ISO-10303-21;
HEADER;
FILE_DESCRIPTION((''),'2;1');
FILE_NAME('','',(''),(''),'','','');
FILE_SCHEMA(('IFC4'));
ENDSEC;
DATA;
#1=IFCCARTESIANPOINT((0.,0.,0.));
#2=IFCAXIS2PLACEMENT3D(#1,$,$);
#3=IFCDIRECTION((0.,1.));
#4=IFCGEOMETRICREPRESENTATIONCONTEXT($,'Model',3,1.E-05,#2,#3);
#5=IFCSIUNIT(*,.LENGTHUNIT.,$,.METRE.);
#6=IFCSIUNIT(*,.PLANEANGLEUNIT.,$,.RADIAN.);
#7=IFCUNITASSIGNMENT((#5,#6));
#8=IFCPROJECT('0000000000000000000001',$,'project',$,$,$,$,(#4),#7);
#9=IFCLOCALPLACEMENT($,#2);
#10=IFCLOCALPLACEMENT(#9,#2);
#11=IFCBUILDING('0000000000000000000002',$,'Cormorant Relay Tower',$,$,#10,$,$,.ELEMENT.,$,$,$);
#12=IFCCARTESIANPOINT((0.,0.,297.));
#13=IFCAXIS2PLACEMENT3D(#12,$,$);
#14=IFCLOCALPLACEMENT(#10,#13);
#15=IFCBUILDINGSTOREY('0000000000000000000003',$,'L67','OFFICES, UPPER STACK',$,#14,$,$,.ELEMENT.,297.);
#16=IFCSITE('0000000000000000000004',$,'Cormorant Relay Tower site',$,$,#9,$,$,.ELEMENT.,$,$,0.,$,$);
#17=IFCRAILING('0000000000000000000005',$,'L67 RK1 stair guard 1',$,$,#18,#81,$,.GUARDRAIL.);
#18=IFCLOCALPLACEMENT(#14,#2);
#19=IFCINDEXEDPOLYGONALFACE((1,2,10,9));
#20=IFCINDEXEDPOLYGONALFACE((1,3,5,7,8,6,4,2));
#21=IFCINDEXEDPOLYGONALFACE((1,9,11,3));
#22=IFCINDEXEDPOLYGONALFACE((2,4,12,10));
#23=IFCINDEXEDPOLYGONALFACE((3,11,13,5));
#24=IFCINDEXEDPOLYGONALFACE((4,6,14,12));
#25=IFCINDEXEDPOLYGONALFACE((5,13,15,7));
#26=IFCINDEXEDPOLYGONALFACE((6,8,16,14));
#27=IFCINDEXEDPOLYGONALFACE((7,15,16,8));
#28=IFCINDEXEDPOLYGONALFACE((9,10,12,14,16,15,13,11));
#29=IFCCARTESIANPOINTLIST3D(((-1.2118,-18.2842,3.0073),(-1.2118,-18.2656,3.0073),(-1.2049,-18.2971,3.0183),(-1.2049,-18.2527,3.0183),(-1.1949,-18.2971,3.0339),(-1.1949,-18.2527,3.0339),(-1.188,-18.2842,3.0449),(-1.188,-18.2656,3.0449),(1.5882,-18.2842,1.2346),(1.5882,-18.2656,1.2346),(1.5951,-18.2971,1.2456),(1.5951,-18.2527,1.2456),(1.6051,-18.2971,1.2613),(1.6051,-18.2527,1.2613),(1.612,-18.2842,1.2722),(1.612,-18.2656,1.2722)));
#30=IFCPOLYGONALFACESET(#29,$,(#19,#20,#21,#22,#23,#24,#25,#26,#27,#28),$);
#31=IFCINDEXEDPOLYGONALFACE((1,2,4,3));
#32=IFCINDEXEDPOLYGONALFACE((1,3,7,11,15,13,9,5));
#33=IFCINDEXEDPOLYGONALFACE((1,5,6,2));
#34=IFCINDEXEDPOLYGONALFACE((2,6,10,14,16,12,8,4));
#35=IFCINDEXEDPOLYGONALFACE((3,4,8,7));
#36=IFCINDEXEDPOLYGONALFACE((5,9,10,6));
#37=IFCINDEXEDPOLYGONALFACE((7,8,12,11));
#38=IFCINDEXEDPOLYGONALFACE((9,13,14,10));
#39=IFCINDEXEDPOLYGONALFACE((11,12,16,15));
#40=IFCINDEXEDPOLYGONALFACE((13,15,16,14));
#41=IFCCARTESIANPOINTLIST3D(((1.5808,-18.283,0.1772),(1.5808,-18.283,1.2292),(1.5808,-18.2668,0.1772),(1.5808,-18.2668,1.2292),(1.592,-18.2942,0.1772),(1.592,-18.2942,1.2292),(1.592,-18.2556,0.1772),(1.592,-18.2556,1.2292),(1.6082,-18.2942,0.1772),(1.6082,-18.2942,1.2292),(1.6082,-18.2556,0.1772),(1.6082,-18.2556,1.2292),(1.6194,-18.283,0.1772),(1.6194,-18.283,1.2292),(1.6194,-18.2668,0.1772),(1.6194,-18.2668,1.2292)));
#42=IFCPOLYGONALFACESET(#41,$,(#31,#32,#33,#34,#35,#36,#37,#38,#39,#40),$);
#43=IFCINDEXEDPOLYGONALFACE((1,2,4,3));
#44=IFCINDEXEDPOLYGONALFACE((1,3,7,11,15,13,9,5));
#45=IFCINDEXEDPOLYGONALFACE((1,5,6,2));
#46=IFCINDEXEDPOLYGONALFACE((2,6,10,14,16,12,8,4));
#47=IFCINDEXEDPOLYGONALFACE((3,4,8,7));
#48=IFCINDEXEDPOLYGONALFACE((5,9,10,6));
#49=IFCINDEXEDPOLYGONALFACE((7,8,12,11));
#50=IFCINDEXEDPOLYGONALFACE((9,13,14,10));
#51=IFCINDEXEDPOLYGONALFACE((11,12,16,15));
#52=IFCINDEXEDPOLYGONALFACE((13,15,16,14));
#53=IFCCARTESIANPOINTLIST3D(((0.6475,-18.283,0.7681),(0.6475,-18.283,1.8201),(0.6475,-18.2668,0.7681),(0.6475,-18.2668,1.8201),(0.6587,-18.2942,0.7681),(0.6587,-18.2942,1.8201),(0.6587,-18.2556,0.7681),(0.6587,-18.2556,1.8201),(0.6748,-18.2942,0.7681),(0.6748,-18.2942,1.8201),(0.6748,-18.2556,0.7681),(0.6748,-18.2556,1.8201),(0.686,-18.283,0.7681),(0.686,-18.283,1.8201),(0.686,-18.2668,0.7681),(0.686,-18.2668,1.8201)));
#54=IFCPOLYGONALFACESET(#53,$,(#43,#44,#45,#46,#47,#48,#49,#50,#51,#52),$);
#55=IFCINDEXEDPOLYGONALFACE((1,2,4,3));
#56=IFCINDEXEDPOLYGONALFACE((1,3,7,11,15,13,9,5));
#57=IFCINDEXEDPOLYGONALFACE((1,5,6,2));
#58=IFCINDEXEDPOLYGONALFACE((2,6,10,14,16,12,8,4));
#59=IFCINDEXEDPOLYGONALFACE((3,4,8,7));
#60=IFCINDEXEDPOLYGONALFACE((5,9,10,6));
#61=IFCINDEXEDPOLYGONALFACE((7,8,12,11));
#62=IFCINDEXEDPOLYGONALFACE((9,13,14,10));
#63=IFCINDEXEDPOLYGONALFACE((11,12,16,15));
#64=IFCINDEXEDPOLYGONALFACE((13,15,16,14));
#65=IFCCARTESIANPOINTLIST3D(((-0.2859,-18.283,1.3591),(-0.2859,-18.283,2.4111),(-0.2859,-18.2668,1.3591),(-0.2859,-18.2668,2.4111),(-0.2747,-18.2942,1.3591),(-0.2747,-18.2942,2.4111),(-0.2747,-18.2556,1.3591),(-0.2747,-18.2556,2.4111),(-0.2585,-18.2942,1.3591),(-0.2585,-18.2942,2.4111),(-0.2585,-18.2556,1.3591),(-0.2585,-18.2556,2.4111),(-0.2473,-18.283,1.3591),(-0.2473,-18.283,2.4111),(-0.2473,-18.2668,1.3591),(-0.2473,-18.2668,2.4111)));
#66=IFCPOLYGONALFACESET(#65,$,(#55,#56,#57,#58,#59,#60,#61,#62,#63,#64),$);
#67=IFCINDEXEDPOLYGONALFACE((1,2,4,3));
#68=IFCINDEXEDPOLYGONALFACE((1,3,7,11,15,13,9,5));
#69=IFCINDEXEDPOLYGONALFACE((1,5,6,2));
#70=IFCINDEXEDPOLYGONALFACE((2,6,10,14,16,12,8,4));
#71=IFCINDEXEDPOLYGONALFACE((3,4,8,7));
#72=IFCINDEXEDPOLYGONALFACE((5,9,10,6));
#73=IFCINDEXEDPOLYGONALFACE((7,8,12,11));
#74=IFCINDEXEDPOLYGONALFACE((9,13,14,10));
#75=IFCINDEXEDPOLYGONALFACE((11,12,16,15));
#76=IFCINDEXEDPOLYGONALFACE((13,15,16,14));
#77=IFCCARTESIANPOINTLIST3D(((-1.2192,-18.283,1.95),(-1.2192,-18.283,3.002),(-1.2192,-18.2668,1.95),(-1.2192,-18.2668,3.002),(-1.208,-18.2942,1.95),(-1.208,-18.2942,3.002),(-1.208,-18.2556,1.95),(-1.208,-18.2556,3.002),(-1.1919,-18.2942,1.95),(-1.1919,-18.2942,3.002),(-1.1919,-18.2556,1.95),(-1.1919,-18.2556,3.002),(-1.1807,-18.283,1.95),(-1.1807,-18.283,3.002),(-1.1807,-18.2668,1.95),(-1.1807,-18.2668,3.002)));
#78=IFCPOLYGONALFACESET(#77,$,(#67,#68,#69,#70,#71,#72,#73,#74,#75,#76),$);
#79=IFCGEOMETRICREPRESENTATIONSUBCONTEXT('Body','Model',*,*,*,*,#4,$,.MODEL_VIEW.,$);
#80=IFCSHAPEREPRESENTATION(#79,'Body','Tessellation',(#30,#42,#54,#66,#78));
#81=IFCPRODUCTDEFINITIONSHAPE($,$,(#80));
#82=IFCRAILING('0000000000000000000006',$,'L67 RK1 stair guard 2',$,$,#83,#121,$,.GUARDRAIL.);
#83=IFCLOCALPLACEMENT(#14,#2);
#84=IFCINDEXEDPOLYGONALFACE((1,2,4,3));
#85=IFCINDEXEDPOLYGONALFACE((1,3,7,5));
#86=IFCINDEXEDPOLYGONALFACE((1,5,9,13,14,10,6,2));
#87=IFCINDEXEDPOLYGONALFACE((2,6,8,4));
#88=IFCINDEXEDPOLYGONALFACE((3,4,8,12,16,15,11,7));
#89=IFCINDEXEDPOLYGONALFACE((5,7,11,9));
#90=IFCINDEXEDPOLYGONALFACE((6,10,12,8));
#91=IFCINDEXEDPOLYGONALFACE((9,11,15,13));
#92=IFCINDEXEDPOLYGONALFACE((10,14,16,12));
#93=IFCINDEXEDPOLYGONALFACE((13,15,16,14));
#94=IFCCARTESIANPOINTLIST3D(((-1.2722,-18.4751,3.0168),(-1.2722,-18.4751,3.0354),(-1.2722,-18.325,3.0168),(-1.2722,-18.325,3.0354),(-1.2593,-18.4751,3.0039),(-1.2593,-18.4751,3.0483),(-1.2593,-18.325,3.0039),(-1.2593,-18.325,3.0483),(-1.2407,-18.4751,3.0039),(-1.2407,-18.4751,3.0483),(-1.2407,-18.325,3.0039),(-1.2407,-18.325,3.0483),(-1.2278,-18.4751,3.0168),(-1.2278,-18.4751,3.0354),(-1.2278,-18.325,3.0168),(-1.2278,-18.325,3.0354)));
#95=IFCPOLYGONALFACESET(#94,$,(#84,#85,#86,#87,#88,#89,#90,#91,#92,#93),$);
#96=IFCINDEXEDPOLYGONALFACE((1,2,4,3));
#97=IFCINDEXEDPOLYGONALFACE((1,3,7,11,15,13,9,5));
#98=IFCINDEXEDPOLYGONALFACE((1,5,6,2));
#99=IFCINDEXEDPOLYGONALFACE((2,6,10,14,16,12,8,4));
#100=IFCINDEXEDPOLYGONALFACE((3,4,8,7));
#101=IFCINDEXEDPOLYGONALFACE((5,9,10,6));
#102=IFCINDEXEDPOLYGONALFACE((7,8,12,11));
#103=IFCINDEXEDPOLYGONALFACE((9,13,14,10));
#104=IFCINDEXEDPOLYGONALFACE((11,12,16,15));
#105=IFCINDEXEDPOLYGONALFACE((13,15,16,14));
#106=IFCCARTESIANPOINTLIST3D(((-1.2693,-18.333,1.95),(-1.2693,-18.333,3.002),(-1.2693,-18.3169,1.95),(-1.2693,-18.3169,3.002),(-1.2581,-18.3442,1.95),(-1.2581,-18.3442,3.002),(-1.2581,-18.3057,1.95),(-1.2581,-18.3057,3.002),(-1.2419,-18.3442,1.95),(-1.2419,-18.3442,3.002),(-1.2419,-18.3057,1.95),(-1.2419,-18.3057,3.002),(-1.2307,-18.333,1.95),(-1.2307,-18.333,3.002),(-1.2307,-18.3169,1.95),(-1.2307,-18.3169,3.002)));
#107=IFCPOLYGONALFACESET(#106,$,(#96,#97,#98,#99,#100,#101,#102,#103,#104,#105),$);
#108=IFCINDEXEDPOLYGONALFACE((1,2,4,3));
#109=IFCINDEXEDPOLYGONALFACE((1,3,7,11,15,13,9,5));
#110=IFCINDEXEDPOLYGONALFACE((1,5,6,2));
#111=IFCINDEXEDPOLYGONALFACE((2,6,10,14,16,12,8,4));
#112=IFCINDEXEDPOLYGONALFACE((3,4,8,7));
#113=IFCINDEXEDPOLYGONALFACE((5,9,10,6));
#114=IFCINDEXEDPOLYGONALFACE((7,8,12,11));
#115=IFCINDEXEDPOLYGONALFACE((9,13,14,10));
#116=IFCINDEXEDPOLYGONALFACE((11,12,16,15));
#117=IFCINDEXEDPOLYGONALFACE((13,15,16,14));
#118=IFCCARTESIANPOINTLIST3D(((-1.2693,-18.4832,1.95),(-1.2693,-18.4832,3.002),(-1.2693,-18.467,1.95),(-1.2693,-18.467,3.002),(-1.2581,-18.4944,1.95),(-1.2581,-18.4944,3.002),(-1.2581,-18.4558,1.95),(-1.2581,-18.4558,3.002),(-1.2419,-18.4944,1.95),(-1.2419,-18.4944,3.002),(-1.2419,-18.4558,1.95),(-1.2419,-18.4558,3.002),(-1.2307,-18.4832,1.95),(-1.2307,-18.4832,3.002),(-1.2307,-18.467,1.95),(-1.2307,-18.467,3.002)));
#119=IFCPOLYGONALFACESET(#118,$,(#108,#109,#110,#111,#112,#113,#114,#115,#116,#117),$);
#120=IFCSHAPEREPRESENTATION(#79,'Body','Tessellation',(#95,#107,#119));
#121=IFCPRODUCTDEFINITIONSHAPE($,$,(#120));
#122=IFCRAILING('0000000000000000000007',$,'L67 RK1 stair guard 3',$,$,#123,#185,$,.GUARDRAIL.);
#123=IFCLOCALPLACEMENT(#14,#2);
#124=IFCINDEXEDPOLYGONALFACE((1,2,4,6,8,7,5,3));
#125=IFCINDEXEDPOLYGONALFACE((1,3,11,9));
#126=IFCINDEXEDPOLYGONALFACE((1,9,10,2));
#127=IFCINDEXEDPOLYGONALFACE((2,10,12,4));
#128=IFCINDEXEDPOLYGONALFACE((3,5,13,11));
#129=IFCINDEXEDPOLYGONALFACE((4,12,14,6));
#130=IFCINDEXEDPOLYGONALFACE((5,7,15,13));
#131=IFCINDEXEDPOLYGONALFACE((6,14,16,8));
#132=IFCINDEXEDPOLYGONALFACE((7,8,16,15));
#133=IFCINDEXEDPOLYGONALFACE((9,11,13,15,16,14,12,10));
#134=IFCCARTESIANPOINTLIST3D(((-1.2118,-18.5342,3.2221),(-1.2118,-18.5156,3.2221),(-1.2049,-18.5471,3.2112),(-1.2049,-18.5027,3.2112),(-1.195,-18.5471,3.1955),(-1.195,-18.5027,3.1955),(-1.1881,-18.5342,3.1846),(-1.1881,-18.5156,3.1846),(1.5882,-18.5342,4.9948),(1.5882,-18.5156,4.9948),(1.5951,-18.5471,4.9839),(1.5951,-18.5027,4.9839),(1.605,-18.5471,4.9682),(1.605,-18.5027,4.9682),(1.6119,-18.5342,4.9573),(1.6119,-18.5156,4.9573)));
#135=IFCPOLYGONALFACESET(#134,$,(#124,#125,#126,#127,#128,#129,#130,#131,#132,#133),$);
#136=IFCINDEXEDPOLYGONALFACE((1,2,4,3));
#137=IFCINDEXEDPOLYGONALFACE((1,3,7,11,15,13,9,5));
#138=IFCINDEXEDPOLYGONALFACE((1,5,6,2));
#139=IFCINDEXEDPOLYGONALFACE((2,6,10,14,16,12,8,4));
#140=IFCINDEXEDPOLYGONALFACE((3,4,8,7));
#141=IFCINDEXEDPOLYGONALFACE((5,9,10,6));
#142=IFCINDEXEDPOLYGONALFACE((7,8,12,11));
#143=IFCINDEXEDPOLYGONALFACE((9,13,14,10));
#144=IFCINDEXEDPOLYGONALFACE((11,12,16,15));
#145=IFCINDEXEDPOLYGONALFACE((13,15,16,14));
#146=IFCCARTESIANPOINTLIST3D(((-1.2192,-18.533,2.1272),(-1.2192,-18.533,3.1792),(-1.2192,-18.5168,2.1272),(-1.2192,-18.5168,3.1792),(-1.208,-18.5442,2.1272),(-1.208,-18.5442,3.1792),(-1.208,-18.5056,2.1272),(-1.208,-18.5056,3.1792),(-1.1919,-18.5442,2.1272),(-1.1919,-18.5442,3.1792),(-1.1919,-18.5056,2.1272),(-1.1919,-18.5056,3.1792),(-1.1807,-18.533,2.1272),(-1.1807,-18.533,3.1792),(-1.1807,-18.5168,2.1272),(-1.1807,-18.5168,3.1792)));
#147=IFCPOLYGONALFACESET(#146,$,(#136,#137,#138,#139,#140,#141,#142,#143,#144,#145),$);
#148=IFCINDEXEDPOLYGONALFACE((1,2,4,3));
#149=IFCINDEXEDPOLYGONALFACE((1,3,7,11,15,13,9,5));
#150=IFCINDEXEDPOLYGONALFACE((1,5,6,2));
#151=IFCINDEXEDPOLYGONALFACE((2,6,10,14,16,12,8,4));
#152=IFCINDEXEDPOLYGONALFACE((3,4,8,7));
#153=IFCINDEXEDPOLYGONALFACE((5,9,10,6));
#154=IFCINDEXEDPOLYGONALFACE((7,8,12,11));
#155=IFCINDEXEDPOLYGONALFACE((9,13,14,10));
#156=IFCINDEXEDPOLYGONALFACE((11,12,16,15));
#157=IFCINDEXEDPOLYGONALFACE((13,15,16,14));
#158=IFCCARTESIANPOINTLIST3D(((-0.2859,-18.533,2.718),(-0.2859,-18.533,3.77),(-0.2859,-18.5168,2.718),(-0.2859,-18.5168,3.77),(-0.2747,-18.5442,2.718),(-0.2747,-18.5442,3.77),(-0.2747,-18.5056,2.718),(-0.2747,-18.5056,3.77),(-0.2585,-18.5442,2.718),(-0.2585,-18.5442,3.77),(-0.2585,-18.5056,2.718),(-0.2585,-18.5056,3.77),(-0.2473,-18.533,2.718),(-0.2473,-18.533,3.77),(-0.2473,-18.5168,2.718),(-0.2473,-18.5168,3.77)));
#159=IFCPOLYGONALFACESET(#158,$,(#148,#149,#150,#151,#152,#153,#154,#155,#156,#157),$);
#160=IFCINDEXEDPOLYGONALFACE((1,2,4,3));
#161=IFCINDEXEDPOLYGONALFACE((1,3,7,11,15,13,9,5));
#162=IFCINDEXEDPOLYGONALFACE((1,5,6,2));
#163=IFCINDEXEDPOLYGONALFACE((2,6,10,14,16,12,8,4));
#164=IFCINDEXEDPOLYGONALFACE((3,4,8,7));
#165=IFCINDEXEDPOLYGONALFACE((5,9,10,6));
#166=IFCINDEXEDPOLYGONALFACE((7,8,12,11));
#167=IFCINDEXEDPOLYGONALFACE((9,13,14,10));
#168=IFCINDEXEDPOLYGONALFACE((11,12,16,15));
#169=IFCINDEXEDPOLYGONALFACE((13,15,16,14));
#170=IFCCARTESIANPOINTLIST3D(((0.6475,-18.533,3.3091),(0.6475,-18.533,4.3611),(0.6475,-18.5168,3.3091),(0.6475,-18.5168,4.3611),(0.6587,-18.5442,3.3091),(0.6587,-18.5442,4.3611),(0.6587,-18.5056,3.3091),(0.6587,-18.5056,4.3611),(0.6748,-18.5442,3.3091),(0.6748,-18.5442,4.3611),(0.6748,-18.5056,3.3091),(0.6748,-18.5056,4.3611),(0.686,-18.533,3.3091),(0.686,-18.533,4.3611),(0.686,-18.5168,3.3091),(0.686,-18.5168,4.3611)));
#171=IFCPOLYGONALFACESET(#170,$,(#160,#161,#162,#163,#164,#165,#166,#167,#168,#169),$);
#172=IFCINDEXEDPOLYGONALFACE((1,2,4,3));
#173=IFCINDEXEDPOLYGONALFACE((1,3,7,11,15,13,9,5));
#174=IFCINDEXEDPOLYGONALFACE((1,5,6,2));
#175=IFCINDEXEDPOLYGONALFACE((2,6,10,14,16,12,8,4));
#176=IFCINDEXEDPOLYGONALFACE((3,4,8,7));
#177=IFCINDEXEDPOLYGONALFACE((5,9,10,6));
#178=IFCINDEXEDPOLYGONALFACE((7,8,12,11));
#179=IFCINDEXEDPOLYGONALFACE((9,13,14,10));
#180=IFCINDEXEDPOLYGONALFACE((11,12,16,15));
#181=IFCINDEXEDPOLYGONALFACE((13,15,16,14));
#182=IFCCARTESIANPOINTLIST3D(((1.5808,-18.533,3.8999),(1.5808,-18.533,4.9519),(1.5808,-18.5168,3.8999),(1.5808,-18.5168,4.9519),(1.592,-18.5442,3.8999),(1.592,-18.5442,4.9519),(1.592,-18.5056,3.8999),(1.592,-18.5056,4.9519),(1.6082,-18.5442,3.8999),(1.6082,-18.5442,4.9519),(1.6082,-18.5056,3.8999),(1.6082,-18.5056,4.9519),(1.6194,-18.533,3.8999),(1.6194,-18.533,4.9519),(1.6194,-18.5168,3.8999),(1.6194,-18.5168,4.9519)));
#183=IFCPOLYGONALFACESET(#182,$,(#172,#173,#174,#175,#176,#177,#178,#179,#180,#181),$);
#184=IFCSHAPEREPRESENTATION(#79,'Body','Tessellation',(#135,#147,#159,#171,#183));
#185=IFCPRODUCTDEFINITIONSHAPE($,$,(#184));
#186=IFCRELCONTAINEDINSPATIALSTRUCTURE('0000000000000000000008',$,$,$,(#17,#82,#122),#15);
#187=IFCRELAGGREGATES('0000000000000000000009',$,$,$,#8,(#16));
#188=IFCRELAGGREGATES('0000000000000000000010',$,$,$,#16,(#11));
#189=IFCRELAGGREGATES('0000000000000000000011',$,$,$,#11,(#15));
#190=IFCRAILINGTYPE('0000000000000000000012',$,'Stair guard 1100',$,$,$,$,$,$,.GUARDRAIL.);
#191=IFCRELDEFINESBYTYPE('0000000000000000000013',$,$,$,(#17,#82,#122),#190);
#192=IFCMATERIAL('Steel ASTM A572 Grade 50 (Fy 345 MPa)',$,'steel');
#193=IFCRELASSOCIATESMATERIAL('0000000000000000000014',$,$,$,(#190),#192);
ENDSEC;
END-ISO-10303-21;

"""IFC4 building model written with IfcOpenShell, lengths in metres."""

from ifc_helpers import new_model, si_unit, direction, frame, origin, place, context, subcontext, project, spatial, polyline, outline, extrude, material, type_object, element, save


model = new_model("IFC4")

# Units and contexts
model_context = context("Model", 3, precision=1e-05, world=origin(), true_north=direction((0.0, 1.0)))
body_context = subcontext(model_context, "Body", "Model", "MODEL_VIEW")
ifc_project = project(units=[si_unit("LENGTHUNIT", "METRE"), si_unit("PLANEANGLEUNIT", "RADIAN")], contexts=[model_context])

# Site, building, storey
site_placement = place(None, origin())
site = spatial("IfcSite", under=ifc_project, at=site_placement, Name="Cormorant Relay Tower site", CompositionType="ELEMENT", RefElevation=0.0)
building_placement = place(site_placement, origin())
building = spatial("IfcBuilding", under=site, at=building_placement, Name="Cormorant Relay Tower", CompositionType="ELEMENT")
storey_placement = place(building_placement, frame((0.0, 0.0, 297.0)))
storey = spatial("IfcBuildingStorey", under=building, at=storey_placement, Name="L67", Description="OFFICES, UPPER STACK", CompositionType="ELEMENT", Elevation=297.0)

# Railings
ifc_material_1 = material(Name="Steel ASTM A572 Grade 50 (Fy 345 MPa)", Category="steel")
railing_type_1 = type_object("IfcRailingType", Name="Stair guard 1100", PredefinedType="GUARDRAIL", material=ifc_material_1)
railing_1_placement = place(storey_placement, frame((1.6001, -18.2749, 0.1772)))
element("IfcRailing", 1, at=railing_1_placement, inside=storey, type_object=railing_type_1, Name="L67 RK1 stair guard 1", PredefinedType="GUARDRAIL", context=body_context, shape_type="SweptSolid", body=[
    extrude(outline(polyline([(0.0222, 0.0093), (0.0093, 0.0222), (-0.0093, 0.0222), (-0.0222, 0.0093), (-0.0222, -0.0093), (-0.0093, -0.0222), (0.0093, -0.0222), (0.0222, -0.0093), (0.0222, 0.0093)])), frame((0.0, 0.0, 1.0762), z_axis=(-0.844909, 0.0, 0.53491), x_axis=(0.0, -1.0, 0.0)), (0.0, 0.0, 1.0), 3.314),
    extrude(outline(polyline([(0.0193, 0.0081), (0.0081, 0.0193), (-0.0081, 0.0193), (-0.0193, 0.0081), (-0.0193, -0.0081), (-0.0081, -0.0193), (0.0081, -0.0193), (0.0193, -0.0081), (0.0193, 0.0081)])), origin(), (0.0, 0.0, 1.0), 1.052),
    extrude(outline(polyline([(0.0193, 0.0081), (0.0081, 0.0193), (-0.0081, 0.0193), (-0.0193, 0.0081), (-0.0193, -0.0081), (-0.0081, -0.0193), (0.0081, -0.0193), (0.0193, -0.0081), (0.0193, 0.0081)])), frame((-0.9333, 0.0, 0.5908)), (0.0, 0.0, 1.0), 1.052),
    extrude(outline(polyline([(0.0193, 0.0081), (0.0081, 0.0193), (-0.0081, 0.0193), (-0.0193, 0.0081), (-0.0193, -0.0081), (-0.0081, -0.0193), (0.0081, -0.0193), (0.0193, -0.0081), (0.0193, 0.0081)])), frame((-1.8667, 0.0, 1.1819)), (0.0, 0.0, 1.0), 1.052),
    extrude(outline(polyline([(0.0193, 0.0081), (0.0081, 0.0193), (-0.0081, 0.0193), (-0.0193, 0.0081), (-0.0193, -0.0081), (-0.0081, -0.0193), (0.0081, -0.0193), (0.0193, -0.0081), (0.0193, 0.0081)])), frame((-2.8, 0.0, 1.7727)), (0.0, 0.0, 1.0), 1.052),
])
railing_2_placement = place(storey_placement, frame((-1.25, -18.325, 1.95)))
element("IfcRailing", 2, at=railing_2_placement, inside=storey, type_object=railing_type_1, Name="L67 RK1 stair guard 2", PredefinedType="GUARDRAIL", context=body_context, shape_type="SweptSolid", body=[
    extrude(outline(polyline([(0.0222, 0.0093), (0.0093, 0.0222), (-0.0093, 0.0222), (-0.0222, 0.0093), (-0.0222, -0.0093), (-0.0093, -0.0222), (0.0093, -0.0222), (0.0222, -0.0093), (0.0222, 0.0093)])), frame((0.0, 0.0, 1.0762), z_axis=(0.0, -1.0, 0.0), x_axis=(1.0, 0.0, 0.0)), (0.0, 0.0, 1.0), 0.1501),
    extrude(outline(polyline([(0.0193, 0.0081), (0.0081, 0.0193), (-0.0081, 0.0193), (-0.0193, 0.0081), (-0.0193, -0.0081), (-0.0081, -0.0193), (0.0081, -0.0193), (0.0193, -0.0081), (0.0193, 0.0081)])), origin(), (0.0, 0.0, 1.0), 1.052),
    extrude(outline(polyline([(0.0193, 0.0081), (0.0081, 0.0193), (-0.0081, 0.0193), (-0.0193, 0.0081), (-0.0193, -0.0081), (-0.0081, -0.0193), (0.0081, -0.0193), (0.0193, -0.0081), (0.0193, 0.0081)])), frame((0.0, -0.1501, 0.0)), (0.0, 0.0, 1.0), 1.052),
])
railing_3_placement = place(storey_placement, frame((-1.2, -18.5249, 2.1272)))
element("IfcRailing", 3, at=railing_3_placement, inside=storey, type_object=railing_type_1, Name="L67 RK1 stair guard 3", PredefinedType="GUARDRAIL", context=body_context, shape_type="SweptSolid", body=[
    extrude(outline(polyline([(0.0222, 0.0093), (0.0093, 0.0222), (-0.0093, 0.0222), (-0.0222, 0.0093), (-0.0222, -0.0093), (-0.0093, -0.0222), (0.0093, -0.0222), (0.0222, -0.0093), (0.0222, 0.0093)])), frame((0.0, 0.0, 1.0762), z_axis=(0.844909, 0.0, 0.53491), x_axis=(0.0, 1.0, 0.0)), (0.0, 0.0, 1.0), 3.314),
    extrude(outline(polyline([(0.0193, 0.0081), (0.0081, 0.0193), (-0.0081, 0.0193), (-0.0193, 0.0081), (-0.0193, -0.0081), (-0.0081, -0.0193), (0.0081, -0.0193), (0.0193, -0.0081), (0.0193, 0.0081)])), origin(), (0.0, 0.0, 1.0), 1.052),
    extrude(outline(polyline([(0.0193, 0.0081), (0.0081, 0.0193), (-0.0081, 0.0193), (-0.0193, 0.0081), (-0.0193, -0.0081), (-0.0081, -0.0193), (0.0081, -0.0193), (0.0193, -0.0081), (0.0193, 0.0081)])), frame((0.9333, 0.0, 0.5908)), (0.0, 0.0, 1.0), 1.052),
    extrude(outline(polyline([(0.0193, 0.0081), (0.0081, 0.0193), (-0.0081, 0.0193), (-0.0193, 0.0081), (-0.0193, -0.0081), (-0.0081, -0.0193), (0.0081, -0.0193), (0.0193, -0.0081), (0.0193, 0.0081)])), frame((1.8667, 0.0, 1.1819)), (0.0, 0.0, 1.0), 1.052),
    extrude(outline(polyline([(0.0193, 0.0081), (0.0081, 0.0193), (-0.0081, 0.0193), (-0.0193, 0.0081), (-0.0193, -0.0081), (-0.0081, -0.0193), (0.0081, -0.0193), (0.0193, -0.0081), (0.0193, 0.0081)])), frame((2.8, 0.0, 1.7727)), (0.0, 0.0, 1.0), 1.052),
])

save(model, "model.ifc")
